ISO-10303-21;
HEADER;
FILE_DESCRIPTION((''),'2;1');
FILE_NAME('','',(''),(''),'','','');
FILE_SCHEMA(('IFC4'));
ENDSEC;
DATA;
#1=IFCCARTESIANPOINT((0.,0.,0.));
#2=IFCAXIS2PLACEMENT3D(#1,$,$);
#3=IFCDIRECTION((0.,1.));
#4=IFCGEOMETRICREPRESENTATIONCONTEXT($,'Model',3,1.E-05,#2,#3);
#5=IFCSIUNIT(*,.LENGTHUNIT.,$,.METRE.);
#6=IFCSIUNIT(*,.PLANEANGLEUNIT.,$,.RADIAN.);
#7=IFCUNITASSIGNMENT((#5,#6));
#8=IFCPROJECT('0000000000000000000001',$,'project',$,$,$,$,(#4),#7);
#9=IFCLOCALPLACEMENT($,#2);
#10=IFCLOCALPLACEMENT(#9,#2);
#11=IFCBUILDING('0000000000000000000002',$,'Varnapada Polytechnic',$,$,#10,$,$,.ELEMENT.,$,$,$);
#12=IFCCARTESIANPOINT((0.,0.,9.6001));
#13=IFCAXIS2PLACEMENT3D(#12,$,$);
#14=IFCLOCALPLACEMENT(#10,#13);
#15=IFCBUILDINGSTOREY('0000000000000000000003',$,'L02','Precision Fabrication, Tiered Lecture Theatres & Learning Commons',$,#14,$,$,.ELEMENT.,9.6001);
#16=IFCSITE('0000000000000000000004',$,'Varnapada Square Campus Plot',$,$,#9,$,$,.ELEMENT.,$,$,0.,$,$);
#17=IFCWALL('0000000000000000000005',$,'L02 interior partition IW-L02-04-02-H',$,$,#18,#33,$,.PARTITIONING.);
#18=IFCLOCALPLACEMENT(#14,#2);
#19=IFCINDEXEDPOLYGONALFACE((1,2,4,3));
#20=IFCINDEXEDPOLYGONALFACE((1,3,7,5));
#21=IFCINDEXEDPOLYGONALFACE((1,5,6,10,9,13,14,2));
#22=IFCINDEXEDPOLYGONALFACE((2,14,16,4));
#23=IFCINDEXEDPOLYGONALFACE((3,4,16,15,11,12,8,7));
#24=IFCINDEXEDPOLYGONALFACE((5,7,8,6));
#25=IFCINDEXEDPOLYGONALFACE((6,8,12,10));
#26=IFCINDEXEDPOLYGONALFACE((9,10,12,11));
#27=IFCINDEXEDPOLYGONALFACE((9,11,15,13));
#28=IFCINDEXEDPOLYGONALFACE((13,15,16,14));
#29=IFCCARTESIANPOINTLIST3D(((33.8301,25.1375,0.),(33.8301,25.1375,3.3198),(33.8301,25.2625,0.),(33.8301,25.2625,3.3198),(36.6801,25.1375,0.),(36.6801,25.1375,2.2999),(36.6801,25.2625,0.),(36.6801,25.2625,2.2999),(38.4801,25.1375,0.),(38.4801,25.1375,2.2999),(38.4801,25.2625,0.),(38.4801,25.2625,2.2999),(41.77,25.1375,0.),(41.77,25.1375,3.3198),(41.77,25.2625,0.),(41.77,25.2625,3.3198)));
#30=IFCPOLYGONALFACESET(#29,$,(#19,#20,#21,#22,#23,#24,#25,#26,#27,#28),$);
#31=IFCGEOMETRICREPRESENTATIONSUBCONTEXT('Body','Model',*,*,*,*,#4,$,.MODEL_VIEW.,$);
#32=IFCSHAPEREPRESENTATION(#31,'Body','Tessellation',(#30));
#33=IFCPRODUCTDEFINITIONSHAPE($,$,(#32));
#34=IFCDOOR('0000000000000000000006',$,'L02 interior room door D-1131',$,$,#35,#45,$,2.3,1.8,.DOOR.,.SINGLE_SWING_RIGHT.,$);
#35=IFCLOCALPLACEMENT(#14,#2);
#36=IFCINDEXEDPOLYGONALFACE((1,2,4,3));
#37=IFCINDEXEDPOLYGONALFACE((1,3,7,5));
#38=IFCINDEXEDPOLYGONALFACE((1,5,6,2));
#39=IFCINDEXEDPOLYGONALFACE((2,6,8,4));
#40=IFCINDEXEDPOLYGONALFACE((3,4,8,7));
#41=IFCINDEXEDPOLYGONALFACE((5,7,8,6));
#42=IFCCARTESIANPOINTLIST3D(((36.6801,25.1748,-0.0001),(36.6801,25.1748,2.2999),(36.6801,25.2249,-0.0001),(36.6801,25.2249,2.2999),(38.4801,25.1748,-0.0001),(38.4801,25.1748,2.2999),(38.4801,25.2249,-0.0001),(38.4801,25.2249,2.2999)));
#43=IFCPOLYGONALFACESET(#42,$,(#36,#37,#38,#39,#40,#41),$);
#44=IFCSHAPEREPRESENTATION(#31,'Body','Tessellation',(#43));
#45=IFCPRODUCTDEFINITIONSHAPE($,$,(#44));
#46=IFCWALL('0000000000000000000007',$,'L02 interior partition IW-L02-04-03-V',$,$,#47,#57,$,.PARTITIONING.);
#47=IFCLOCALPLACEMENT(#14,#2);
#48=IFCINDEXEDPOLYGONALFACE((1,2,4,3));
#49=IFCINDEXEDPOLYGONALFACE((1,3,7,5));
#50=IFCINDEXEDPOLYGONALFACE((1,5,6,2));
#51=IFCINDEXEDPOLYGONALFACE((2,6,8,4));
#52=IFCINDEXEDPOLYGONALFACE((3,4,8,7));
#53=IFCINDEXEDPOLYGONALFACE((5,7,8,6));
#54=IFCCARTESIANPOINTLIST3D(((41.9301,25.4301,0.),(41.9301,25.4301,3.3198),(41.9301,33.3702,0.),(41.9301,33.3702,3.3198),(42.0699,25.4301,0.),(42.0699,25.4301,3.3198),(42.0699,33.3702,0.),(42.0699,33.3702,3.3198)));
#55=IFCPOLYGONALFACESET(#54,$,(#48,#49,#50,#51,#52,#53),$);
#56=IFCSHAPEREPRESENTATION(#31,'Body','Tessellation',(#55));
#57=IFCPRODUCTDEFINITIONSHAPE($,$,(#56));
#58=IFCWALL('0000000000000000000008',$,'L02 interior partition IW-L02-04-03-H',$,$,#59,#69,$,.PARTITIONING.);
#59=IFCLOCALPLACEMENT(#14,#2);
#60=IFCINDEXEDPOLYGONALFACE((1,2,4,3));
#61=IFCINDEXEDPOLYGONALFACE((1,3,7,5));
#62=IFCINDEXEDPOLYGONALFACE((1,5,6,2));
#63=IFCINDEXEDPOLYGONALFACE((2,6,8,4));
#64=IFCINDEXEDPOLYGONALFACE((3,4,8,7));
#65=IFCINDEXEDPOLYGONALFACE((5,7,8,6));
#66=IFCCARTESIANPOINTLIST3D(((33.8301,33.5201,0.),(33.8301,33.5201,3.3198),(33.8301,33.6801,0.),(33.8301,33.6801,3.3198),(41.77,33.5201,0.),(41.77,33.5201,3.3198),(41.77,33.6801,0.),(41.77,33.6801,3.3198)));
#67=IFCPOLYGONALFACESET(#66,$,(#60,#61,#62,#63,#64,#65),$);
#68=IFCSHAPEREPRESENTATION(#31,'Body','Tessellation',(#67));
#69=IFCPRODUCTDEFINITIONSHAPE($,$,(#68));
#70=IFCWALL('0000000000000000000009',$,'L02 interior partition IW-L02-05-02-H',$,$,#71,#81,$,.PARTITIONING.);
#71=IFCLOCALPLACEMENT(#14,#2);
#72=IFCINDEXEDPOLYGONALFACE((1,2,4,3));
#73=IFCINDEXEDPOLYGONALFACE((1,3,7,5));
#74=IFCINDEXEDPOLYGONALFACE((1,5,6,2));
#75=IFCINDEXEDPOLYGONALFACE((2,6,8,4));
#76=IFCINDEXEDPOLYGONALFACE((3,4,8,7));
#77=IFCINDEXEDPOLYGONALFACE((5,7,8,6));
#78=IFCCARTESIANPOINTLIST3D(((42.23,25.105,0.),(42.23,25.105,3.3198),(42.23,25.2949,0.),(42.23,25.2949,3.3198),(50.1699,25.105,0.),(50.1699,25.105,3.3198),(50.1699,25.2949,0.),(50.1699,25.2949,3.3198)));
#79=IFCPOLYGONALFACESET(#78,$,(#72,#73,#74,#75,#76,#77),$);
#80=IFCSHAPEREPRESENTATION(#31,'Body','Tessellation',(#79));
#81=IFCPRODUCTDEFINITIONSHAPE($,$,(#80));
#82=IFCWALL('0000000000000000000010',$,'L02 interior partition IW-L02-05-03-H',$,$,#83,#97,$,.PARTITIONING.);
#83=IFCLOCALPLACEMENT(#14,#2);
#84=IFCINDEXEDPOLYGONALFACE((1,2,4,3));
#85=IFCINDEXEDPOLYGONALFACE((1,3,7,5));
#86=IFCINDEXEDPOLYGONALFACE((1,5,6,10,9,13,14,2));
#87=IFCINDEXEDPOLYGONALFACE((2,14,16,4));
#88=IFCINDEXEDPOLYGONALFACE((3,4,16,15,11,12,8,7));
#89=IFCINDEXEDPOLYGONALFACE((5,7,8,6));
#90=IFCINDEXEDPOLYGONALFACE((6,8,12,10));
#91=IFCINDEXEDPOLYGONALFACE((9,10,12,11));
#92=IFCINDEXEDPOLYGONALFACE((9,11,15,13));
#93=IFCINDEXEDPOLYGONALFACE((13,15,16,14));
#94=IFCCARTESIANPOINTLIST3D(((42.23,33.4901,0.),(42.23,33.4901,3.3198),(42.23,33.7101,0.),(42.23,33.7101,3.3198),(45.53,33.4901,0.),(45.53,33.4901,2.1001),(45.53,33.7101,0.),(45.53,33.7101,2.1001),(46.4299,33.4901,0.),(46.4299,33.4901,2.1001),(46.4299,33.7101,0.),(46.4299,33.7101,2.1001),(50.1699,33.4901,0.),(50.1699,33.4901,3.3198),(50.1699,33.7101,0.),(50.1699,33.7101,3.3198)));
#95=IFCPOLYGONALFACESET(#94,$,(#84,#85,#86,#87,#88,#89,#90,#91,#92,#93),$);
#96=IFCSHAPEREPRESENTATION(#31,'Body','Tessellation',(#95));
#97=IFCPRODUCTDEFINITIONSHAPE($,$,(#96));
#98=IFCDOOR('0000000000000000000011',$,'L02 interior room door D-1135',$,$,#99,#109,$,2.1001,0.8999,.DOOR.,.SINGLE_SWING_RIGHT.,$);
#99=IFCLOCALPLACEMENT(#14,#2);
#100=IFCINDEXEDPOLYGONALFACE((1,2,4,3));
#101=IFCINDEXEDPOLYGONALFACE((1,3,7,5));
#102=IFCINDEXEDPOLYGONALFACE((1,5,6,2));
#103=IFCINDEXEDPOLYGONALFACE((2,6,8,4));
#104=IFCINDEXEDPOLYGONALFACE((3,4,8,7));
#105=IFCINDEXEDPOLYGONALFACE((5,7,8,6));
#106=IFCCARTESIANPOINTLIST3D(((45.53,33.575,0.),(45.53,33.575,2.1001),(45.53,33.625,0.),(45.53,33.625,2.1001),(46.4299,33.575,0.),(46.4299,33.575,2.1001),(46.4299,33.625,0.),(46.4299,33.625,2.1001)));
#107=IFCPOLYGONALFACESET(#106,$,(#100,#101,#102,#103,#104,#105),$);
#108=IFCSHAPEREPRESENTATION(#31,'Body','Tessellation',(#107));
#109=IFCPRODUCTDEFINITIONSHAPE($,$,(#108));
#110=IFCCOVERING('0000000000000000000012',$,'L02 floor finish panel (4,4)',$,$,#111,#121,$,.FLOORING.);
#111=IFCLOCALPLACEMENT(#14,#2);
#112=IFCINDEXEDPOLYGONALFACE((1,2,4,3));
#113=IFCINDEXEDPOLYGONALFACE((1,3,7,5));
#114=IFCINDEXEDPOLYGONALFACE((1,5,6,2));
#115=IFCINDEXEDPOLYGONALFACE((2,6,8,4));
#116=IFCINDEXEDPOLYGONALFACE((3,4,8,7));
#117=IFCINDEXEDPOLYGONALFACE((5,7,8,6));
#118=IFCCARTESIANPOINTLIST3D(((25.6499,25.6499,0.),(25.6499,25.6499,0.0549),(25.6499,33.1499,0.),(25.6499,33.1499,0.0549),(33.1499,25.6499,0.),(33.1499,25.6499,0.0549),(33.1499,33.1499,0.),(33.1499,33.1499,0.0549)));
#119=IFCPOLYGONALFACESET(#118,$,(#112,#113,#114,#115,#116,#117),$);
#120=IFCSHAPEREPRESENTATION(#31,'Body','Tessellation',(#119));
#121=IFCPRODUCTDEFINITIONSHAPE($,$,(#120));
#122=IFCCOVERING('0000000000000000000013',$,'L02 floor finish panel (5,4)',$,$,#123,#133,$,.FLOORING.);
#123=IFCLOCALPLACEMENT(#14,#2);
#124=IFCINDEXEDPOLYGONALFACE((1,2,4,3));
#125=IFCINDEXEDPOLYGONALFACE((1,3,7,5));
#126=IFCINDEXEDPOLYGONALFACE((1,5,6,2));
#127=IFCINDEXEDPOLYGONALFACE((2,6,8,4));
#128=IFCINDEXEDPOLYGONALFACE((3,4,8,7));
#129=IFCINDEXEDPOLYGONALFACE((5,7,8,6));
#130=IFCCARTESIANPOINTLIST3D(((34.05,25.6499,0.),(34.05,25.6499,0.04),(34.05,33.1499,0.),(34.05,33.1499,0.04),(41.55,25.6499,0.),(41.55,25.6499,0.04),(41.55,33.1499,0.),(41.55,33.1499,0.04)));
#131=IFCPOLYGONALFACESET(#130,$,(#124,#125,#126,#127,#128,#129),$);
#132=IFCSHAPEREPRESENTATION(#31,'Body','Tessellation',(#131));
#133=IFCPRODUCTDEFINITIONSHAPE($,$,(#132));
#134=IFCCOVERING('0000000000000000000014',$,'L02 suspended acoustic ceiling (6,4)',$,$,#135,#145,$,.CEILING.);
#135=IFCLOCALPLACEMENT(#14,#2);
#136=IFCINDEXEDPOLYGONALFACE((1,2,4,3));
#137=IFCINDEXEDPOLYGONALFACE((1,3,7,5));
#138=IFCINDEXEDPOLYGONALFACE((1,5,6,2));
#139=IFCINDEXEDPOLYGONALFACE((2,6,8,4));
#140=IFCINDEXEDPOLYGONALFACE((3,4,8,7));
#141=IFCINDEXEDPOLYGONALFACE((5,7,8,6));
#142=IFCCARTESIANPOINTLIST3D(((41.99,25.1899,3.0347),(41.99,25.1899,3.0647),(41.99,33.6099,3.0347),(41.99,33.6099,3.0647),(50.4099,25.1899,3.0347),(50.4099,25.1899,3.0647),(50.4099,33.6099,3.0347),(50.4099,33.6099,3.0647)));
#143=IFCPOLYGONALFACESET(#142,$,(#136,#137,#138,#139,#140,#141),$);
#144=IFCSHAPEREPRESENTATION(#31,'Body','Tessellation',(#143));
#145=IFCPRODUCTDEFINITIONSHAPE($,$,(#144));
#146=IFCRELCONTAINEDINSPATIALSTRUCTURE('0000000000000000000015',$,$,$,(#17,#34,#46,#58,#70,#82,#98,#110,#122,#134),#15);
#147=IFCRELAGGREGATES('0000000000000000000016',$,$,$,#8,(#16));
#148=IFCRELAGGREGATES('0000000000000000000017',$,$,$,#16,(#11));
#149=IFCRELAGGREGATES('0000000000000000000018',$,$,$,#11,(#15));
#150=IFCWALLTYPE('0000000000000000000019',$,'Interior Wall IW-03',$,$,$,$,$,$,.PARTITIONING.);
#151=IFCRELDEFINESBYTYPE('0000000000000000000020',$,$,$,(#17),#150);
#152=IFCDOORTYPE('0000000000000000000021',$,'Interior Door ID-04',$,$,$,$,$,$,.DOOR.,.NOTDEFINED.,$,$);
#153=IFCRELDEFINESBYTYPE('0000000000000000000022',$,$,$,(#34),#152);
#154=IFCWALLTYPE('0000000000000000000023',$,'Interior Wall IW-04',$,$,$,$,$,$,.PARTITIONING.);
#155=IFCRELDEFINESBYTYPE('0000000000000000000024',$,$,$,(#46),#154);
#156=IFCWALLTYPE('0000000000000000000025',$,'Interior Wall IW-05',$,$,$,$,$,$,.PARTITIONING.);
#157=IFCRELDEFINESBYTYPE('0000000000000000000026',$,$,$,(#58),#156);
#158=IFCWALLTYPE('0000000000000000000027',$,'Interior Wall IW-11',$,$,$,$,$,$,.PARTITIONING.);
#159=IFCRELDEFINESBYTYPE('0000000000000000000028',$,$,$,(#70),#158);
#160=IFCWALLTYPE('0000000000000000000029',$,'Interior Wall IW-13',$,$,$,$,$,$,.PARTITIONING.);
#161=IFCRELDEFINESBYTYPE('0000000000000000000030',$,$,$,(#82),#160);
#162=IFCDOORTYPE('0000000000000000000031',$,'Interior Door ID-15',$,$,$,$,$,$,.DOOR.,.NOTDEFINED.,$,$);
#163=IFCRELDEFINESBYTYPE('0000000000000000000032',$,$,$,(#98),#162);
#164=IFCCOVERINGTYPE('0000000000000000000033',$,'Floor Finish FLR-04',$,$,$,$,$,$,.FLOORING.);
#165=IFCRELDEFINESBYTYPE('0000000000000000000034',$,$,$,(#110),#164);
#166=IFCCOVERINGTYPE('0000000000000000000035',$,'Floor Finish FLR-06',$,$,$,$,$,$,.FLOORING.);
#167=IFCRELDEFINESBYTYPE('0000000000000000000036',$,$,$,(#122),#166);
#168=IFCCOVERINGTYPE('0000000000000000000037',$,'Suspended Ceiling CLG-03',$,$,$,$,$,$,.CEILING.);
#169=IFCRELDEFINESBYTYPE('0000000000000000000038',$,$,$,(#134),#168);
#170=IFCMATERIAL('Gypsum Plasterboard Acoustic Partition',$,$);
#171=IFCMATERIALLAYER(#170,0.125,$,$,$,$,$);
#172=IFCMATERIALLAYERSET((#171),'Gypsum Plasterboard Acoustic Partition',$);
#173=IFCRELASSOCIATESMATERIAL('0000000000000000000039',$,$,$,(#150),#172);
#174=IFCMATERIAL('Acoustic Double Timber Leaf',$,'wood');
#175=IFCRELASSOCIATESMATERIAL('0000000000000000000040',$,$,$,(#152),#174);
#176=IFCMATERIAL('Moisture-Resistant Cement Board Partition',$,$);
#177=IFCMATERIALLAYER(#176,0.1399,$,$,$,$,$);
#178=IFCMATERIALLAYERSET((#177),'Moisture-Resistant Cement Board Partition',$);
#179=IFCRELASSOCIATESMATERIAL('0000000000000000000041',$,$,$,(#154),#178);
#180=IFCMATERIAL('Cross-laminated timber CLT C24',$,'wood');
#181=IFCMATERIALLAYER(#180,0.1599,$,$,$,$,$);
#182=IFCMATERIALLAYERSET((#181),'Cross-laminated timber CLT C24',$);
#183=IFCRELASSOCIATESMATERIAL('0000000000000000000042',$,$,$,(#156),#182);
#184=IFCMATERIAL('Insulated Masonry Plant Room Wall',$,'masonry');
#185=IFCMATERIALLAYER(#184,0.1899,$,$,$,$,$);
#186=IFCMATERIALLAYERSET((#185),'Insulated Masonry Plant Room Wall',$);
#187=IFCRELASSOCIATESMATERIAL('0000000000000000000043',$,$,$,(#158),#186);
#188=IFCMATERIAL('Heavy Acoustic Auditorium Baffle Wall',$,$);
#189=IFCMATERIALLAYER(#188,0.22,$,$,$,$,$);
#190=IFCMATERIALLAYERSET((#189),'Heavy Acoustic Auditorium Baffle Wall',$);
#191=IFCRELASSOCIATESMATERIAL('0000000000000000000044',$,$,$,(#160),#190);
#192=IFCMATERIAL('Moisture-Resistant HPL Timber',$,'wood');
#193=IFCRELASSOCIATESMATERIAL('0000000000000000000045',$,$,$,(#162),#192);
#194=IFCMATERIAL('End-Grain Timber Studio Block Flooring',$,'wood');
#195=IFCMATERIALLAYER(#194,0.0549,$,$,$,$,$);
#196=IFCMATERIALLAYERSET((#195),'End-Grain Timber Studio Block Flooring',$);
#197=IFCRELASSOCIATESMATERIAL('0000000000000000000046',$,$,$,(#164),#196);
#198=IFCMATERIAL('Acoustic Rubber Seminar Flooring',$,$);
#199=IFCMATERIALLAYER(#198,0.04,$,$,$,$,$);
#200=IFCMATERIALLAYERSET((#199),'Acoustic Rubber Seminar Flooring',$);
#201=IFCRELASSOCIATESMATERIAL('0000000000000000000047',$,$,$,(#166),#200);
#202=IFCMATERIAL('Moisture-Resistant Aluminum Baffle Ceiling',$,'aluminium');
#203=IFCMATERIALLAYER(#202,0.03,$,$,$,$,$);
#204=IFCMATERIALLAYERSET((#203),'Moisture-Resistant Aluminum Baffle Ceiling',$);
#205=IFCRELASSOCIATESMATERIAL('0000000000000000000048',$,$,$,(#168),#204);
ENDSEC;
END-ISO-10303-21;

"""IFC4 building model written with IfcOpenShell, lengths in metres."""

from ifc_helpers import new_model, si_unit, direction, frame, frame_2d, origin, origin_2d, place, context, subcontext, project, spatial, rectangle, extrude, material, layer, layer_set, type_object, element, fill, save


model = new_model("IFC4")

# Units and contexts
model_context = context("Model", 3, precision=1e-05, world=origin(), true_north=direction((0.0, 1.0)))
body_context = subcontext(model_context, "Body", "Model", "MODEL_VIEW")
ifc_project = project(units=[si_unit("LENGTHUNIT", "METRE"), si_unit("PLANEANGLEUNIT", "RADIAN")], contexts=[model_context])

# Site, building, storey
site_placement = place(None, origin())
site = spatial("IfcSite", under=ifc_project, at=site_placement, Name="Varnapada Square Campus Plot", CompositionType="ELEMENT", RefElevation=0.0)
building_placement = place(site_placement, origin())
building = spatial("IfcBuilding", under=site, at=building_placement, Name="Varnapada Polytechnic", CompositionType="ELEMENT")
storey_placement = place(building_placement, frame((0.0, 0.0, 9.6001)))
storey = spatial("IfcBuildingStorey", under=building, at=storey_placement, Name="L02", Description="Precision Fabrication, Tiered Lecture Theatres & Learning Commons", CompositionType="ELEMENT", Elevation=9.6001)

# Shared definitions
ifc_material_1 = material(Name="Gypsum Plasterboard Acoustic Partition")
ifc_layer_1 = layer(ifc_material_1, 0.125)
ifc_layer_set_1 = layer_set([ifc_layer_1], Name="Gypsum Plasterboard Acoustic Partition")
wall_type_1 = type_object("IfcWallType", Name="Interior Wall IW-03", PredefinedType="PARTITIONING", material=ifc_layer_set_1)

# Wall, opening, door
wall_1_placement = place(storey_placement, frame((33.8301, 25.2, 0.0), z_axis=(0.0, 0.0, 1.0), x_axis=(1.0, 0.0, 0.0)))
wall_1 = element("IfcWall", 1, at=wall_1_placement, inside=storey, type_object=wall_type_1, Name="L02 interior partition IW-L02-04-02-H", PredefinedType="PARTITIONING", context=body_context, shape_type="SweptSolid", body=[
    extrude(rectangle(XDim=7.9399, YDim=0.125, at=frame_2d((3.97, 0.0))), origin(), (0.0, 0.0, 1.0), 3.3198),
])
opening_1_placement = place(wall_1_placement, frame((2.8501, 0.0, 0.0)))
opening_1 = element("IfcOpeningElement", 2, at=opening_1_placement, cuts=wall_1, PredefinedType="OPENING", context=body_context, shape_type="SweptSolid", body=[
    extrude(rectangle(XDim=1.8, YDim=2.3, at=frame_2d((0.8999, 1.1499))), frame((0.0, 0.0725, 0.0), z_axis=(0.0, -1.0, 0.0), x_axis=(1.0, 0.0, 0.0)), (0.0, 0.0, 1.0), 0.145),
])
ifc_material_2 = material(Name="Acoustic Double Timber Leaf", Category="wood")
door_type_1 = type_object("IfcDoorType", Name="Interior Door ID-04", OperationType="NOTDEFINED", PredefinedType="DOOR", material=ifc_material_2)
door_1_placement = place(opening_1_placement, origin())
door_1 = element("IfcDoor", 3, at=door_1_placement, inside=storey, type_object=door_type_1, Name="L02 interior room door D-1131", OperationType="SINGLE_SWING_RIGHT", OverallHeight=2.3, OverallWidth=1.8, PredefinedType="DOOR", context=body_context, shape_type="SweptSolid", body=[
    extrude(rectangle(XDim=1.8, YDim=2.3, at=frame_2d((0.8999, 1.1499))), frame((0.0, 0.0249, 0.0), z_axis=(0.0, -1.0, 0.0), x_axis=(1.0, 0.0, 0.0)), (0.0, 0.0, 1.0), 0.05),
])
fill(opening_1, door_1)

# Walls
ifc_material_3 = material(Name="Moisture-Resistant Cement Board Partition")
ifc_layer_2 = layer(ifc_material_3, 0.1399)
ifc_layer_set_2 = layer_set([ifc_layer_2], Name="Moisture-Resistant Cement Board Partition")
wall_type_2 = type_object("IfcWallType", Name="Interior Wall IW-04", PredefinedType="PARTITIONING", material=ifc_layer_set_2)
wall_2_placement = place(storey_placement, frame((42.0, 25.4299, 0.0), z_axis=(0.0, 0.0, 1.0), x_axis=(0.0, 1.0, 0.0)))
element("IfcWall", 4, at=wall_2_placement, inside=storey, type_object=wall_type_2, Name="L02 interior partition IW-L02-04-03-V", PredefinedType="PARTITIONING", context=body_context, shape_type="SweptSolid", body=[
    extrude(rectangle(XDim=7.9402, YDim=0.1399, at=frame_2d((3.9702, 0.0))), origin(), (0.0, 0.0, 1.0), 3.3198),
])
ifc_material_4 = material(Name="Cross-laminated timber CLT C24", Category="wood")
ifc_layer_3 = layer(ifc_material_4, 0.1599)
ifc_layer_set_3 = layer_set([ifc_layer_3], Name="Cross-laminated timber CLT C24")
wall_type_3 = type_object("IfcWallType", Name="Interior Wall IW-05", PredefinedType="PARTITIONING", material=ifc_layer_set_3)
wall_3_placement = place(storey_placement, frame((33.8301, 33.6001, 0.0), z_axis=(0.0, 0.0, 1.0), x_axis=(1.0, 0.0, 0.0)))
element("IfcWall", 5, at=wall_3_placement, inside=storey, type_object=wall_type_3, Name="L02 interior partition IW-L02-04-03-H", PredefinedType="PARTITIONING", context=body_context, shape_type="SweptSolid", body=[
    extrude(rectangle(XDim=7.9399, YDim=0.1599, at=frame_2d((3.97, 0.0))), origin(), (0.0, 0.0, 1.0), 3.3198),
])
ifc_material_5 = material(Name="Insulated Masonry Plant Room Wall", Category="masonry")
ifc_layer_4 = layer(ifc_material_5, 0.1899)
ifc_layer_set_4 = layer_set([ifc_layer_4], Name="Insulated Masonry Plant Room Wall")
wall_type_4 = type_object("IfcWallType", Name="Interior Wall IW-11", PredefinedType="PARTITIONING", material=ifc_layer_set_4)
wall_4_placement = place(storey_placement, frame((42.23, 25.2, 0.0), z_axis=(0.0, 0.0, 1.0), x_axis=(1.0, 0.0, 0.0)))
element("IfcWall", 6, at=wall_4_placement, inside=storey, type_object=wall_type_4, Name="L02 interior partition IW-L02-05-02-H", PredefinedType="PARTITIONING", context=body_context, shape_type="SweptSolid", body=[
    extrude(rectangle(XDim=7.9399, YDim=0.1899, at=frame_2d((3.97, 0.0))), origin(), (0.0, 0.0, 1.0), 3.3198),
])

# Wall, opening, door
ifc_material_6 = material(Name="Heavy Acoustic Auditorium Baffle Wall")
ifc_layer_5 = layer(ifc_material_6, 0.22)
ifc_layer_set_5 = layer_set([ifc_layer_5], Name="Heavy Acoustic Auditorium Baffle Wall")
wall_type_5 = type_object("IfcWallType", Name="Interior Wall IW-13", PredefinedType="PARTITIONING", material=ifc_layer_set_5)
wall_5_placement = place(storey_placement, frame((42.23, 33.6001, 0.0), z_axis=(0.0, 0.0, 1.0), x_axis=(1.0, 0.0, 0.0)))
wall_5 = element("IfcWall", 7, at=wall_5_placement, inside=storey, type_object=wall_type_5, Name="L02 interior partition IW-L02-05-03-H", PredefinedType="PARTITIONING", context=body_context, shape_type="SweptSolid", body=[
    extrude(rectangle(XDim=7.9399, YDim=0.22, at=frame_2d((3.97, 0.0))), origin(), (0.0, 0.0, 1.0), 3.3198),
])
opening_2_placement = place(wall_5_placement, frame((3.3, 0.0, 0.0)))
opening_2 = element("IfcOpeningElement", 8, at=opening_2_placement, cuts=wall_5, PredefinedType="OPENING", context=body_context, shape_type="SweptSolid", body=[
    extrude(rectangle(XDim=0.8999, YDim=2.1001, at=frame_2d((0.45, 1.05))), frame((0.0, 0.1199, 0.0), z_axis=(0.0, -1.0, 0.0), x_axis=(1.0, 0.0, 0.0)), (0.0, 0.0, 1.0), 0.24),
])
ifc_material_7 = material(Name="Moisture-Resistant HPL Timber", Category="wood")
door_type_2 = type_object("IfcDoorType", Name="Interior Door ID-15", OperationType="NOTDEFINED", PredefinedType="DOOR", material=ifc_material_7)
door_2_placement = place(opening_2_placement, origin())
door_2 = element("IfcDoor", 9, at=door_2_placement, inside=storey, type_object=door_type_2, Name="L02 interior room door D-1135", OperationType="SINGLE_SWING_RIGHT", OverallHeight=2.1001, OverallWidth=0.8999, PredefinedType="DOOR", context=body_context, shape_type="SweptSolid", body=[
    extrude(rectangle(XDim=0.8999, YDim=2.1001, at=frame_2d((0.45, 1.05))), frame((0.0, 0.0249, 0.0), z_axis=(0.0, -1.0, 0.0), x_axis=(1.0, 0.0, 0.0)), (0.0, 0.0, 1.0), 0.05),
])
fill(opening_2, door_2)

# Coverings
ifc_material_8 = material(Name="End-Grain Timber Studio Block Flooring", Category="wood")
ifc_layer_6 = layer(ifc_material_8, 0.0549)
ifc_layer_set_6 = layer_set([ifc_layer_6], Name="End-Grain Timber Studio Block Flooring")
covering_type_1 = type_object("IfcCoveringType", Name="Floor Finish FLR-04", PredefinedType="FLOORING", material=ifc_layer_set_6)
covering_1_placement = place(storey_placement, frame((29.3999, 29.3999, 0.0), z_axis=(0.0, 0.0, 1.0), x_axis=(1.0, 0.0, 0.0)))
element("IfcCovering", 10, at=covering_1_placement, inside=storey, type_object=covering_type_1, Name="L02 floor finish panel (4,4)", PredefinedType="FLOORING", context=body_context, shape_type="SweptSolid", body=[
    extrude(rectangle(XDim=7.5, YDim=7.5, at=origin_2d()), origin(), (0.0, 0.0, 1.0), 0.0549),
])
ifc_material_9 = material(Name="Acoustic Rubber Seminar Flooring")
ifc_layer_7 = layer(ifc_material_9, 0.04)
ifc_layer_set_7 = layer_set([ifc_layer_7], Name="Acoustic Rubber Seminar Flooring")
covering_type_2 = type_object("IfcCoveringType", Name="Floor Finish FLR-06", PredefinedType="FLOORING", material=ifc_layer_set_7)
covering_2_placement = place(storey_placement, frame((37.8, 29.3999, 0.0), z_axis=(0.0, 0.0, 1.0), x_axis=(1.0, 0.0, 0.0)))
element("IfcCovering", 11, at=covering_2_placement, inside=storey, type_object=covering_type_2, Name="L02 floor finish panel (5,4)", PredefinedType="FLOORING", context=body_context, shape_type="SweptSolid", body=[
    extrude(rectangle(XDim=7.5, YDim=7.5, at=origin_2d()), origin(), (0.0, 0.0, 1.0), 0.04),
])
ifc_material_10 = material(Name="Moisture-Resistant Aluminum Baffle Ceiling", Category="aluminium")
ifc_layer_8 = layer(ifc_material_10, 0.03)
ifc_layer_set_8 = layer_set([ifc_layer_8], Name="Moisture-Resistant Aluminum Baffle Ceiling")
covering_type_3 = type_object("IfcCoveringType", Name="Suspended Ceiling CLG-03", PredefinedType="CEILING", material=ifc_layer_set_8)
covering_3_placement = place(storey_placement, frame((46.2, 29.3999, 3.0347), z_axis=(0.0, 0.0, 1.0), x_axis=(1.0, 0.0, 0.0)))
element("IfcCovering", 12, at=covering_3_placement, inside=storey, type_object=covering_type_3, Name="L02 suspended acoustic ceiling (6,4)", PredefinedType="CEILING", context=body_context, shape_type="SweptSolid", body=[
    extrude(rectangle(XDim=8.4199, YDim=8.4199, at=origin_2d()), origin(), (0.0, 0.0, 1.0), 0.03),
])

save(model, "model.ifc")
